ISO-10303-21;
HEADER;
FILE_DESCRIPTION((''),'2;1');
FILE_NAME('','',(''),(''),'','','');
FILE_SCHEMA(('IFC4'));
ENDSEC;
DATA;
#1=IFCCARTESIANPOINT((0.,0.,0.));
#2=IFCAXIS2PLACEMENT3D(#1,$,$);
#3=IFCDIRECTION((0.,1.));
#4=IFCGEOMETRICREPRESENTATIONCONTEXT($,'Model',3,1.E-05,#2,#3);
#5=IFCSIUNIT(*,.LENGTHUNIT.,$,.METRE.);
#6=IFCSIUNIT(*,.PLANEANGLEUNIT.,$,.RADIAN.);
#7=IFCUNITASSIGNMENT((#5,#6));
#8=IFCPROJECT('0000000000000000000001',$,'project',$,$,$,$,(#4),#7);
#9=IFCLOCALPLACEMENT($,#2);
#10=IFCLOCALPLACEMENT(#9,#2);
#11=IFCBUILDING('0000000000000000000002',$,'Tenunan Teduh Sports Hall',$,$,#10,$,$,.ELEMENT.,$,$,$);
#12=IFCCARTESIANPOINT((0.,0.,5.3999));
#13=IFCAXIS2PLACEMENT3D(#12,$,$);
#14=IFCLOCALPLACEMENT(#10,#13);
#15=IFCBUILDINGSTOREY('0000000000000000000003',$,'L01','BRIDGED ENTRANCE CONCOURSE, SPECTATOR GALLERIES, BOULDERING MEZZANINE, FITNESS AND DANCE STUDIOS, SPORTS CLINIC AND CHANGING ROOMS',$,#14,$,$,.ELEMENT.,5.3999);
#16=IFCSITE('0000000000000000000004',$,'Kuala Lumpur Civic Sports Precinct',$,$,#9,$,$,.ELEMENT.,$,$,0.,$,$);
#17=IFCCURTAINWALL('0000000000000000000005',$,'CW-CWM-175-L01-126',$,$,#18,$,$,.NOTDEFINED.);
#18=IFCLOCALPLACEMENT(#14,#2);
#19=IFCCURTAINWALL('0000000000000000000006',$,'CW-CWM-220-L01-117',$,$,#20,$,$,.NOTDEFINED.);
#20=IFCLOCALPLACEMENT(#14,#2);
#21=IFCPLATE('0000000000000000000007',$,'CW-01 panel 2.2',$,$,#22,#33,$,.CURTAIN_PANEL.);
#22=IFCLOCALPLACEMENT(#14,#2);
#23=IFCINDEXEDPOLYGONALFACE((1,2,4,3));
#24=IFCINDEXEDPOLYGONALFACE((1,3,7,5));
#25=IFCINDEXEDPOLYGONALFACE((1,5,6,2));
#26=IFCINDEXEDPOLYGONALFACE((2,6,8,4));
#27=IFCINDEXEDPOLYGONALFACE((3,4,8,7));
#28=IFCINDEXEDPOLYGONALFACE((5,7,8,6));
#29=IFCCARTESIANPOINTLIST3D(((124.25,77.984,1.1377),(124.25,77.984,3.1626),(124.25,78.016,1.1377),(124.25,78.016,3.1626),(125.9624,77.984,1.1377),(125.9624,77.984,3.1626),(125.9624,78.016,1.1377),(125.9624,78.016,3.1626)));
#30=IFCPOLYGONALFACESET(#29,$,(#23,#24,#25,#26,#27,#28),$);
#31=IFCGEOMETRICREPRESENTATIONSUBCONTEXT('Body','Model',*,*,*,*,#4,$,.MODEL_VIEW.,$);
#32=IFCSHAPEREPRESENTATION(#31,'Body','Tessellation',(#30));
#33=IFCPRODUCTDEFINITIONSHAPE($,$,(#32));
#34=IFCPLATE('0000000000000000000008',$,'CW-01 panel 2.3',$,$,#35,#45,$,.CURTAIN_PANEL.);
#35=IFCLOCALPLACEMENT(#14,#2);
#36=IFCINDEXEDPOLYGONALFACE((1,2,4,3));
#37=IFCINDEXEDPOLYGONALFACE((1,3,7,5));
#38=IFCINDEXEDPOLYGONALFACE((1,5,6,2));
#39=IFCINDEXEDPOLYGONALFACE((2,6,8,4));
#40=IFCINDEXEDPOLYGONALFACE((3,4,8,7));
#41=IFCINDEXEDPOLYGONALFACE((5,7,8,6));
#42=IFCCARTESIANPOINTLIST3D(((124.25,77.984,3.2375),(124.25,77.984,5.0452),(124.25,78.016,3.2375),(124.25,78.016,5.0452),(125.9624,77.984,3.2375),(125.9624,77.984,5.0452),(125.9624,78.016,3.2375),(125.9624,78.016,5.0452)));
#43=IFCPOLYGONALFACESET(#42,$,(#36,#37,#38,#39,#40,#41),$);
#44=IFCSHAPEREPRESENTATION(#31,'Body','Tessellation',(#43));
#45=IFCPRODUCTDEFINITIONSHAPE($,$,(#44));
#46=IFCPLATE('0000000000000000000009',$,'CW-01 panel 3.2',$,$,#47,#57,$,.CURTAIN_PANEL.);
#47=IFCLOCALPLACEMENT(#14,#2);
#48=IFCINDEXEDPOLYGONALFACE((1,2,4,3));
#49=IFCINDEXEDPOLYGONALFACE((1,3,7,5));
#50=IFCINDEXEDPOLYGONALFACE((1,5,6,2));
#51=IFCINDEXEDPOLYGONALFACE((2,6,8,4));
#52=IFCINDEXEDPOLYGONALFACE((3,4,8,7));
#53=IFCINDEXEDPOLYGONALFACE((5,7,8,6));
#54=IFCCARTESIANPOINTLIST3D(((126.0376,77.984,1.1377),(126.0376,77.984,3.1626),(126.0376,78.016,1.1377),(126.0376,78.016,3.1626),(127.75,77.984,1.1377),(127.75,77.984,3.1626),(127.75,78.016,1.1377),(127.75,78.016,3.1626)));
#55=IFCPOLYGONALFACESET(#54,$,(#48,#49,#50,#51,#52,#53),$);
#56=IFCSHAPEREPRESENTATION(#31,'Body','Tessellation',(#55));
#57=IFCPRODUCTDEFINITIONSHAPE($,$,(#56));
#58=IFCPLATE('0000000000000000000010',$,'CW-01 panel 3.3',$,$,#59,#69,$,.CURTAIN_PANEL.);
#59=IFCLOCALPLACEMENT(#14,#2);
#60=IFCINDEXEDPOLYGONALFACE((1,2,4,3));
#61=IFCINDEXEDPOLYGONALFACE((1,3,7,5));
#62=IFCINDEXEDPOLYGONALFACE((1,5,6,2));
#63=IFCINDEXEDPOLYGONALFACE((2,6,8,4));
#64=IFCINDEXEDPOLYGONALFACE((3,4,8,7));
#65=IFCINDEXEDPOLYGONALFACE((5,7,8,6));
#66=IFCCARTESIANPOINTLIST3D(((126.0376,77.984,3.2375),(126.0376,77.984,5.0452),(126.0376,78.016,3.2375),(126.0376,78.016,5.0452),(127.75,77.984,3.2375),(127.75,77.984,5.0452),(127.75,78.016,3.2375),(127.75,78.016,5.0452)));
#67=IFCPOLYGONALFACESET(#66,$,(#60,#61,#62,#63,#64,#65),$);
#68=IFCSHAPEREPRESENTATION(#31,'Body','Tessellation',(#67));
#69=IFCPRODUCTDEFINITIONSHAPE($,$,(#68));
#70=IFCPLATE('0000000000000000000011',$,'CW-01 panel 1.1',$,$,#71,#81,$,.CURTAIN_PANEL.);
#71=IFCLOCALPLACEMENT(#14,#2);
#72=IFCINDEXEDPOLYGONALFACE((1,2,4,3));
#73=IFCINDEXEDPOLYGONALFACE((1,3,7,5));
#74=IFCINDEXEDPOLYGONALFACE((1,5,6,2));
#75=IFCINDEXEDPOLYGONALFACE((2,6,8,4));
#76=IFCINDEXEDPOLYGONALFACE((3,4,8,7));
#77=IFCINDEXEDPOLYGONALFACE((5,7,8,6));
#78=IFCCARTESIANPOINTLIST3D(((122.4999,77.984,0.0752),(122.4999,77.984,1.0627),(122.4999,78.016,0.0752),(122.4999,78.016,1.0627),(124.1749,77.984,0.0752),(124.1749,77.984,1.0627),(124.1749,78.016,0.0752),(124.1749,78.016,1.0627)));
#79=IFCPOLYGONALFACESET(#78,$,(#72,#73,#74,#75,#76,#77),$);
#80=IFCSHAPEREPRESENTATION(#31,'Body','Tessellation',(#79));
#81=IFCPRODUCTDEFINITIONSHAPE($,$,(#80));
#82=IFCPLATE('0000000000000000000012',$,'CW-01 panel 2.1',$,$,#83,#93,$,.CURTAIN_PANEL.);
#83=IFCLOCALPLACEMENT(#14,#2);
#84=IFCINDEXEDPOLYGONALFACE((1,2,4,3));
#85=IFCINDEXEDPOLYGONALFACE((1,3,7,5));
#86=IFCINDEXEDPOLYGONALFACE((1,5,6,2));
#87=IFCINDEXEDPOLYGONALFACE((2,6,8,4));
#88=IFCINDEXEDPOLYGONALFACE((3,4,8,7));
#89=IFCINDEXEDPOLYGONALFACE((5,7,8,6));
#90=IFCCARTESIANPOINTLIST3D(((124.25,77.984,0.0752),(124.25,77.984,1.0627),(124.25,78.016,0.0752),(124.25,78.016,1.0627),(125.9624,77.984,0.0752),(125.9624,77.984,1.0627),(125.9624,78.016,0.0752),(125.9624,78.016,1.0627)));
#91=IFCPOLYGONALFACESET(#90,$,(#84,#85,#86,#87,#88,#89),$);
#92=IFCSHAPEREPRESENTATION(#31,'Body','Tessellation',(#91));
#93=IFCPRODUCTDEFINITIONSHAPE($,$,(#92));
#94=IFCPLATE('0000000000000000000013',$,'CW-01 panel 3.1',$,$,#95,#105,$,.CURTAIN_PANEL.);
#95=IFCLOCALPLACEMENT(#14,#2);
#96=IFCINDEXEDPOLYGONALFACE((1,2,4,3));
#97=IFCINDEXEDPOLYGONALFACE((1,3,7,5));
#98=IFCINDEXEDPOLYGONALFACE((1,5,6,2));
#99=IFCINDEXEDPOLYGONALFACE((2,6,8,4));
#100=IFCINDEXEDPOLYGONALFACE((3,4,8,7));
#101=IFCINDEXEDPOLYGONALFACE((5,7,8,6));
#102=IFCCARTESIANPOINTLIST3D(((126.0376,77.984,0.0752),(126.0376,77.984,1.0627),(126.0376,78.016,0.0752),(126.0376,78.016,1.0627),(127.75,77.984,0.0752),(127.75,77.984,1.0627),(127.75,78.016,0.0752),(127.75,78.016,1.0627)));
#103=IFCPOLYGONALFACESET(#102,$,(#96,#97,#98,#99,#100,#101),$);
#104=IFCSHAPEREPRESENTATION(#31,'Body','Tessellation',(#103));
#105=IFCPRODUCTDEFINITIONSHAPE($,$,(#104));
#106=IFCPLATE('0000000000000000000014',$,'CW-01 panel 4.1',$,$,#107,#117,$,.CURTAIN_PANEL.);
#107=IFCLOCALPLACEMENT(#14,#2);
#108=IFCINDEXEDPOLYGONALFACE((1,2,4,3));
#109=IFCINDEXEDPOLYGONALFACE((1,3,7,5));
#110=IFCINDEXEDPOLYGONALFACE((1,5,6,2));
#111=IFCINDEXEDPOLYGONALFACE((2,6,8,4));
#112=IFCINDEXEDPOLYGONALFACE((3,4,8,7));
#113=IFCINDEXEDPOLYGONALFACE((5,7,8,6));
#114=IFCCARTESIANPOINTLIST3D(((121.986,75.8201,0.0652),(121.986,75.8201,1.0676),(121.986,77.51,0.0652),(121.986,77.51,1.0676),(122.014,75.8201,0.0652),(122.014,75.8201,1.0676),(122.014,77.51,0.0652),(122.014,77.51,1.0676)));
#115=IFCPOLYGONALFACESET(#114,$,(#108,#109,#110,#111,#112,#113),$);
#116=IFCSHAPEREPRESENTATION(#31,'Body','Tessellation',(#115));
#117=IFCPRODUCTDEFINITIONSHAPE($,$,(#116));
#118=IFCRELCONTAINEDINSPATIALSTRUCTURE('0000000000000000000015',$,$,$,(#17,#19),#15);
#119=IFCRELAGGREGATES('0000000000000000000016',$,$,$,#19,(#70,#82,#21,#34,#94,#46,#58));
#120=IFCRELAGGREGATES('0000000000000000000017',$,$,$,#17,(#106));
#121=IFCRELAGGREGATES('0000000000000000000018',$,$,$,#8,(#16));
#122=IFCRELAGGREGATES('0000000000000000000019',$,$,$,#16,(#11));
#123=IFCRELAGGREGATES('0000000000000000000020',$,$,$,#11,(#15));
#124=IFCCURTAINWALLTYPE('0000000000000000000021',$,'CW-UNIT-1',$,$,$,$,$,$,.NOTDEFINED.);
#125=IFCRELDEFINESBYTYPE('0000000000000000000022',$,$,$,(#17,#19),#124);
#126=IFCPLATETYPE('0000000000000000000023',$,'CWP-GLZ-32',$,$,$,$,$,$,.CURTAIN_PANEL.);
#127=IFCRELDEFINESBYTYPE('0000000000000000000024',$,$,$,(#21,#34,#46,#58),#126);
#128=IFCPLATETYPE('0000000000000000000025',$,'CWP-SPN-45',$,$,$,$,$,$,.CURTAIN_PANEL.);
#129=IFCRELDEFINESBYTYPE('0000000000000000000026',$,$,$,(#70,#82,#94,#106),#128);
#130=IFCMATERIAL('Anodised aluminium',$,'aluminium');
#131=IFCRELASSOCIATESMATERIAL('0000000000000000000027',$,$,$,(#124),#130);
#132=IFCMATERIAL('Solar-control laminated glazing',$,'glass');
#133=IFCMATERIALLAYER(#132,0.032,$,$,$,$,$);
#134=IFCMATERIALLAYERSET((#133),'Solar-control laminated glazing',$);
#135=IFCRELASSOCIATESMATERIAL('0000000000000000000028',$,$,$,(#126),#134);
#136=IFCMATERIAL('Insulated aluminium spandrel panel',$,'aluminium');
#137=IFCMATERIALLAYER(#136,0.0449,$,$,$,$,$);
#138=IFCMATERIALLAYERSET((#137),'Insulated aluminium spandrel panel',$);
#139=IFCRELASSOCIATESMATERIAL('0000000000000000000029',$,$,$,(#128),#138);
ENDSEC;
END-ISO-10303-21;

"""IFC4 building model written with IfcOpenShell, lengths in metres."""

from ifc_helpers import new_model, si_unit, direction, frame, origin, origin_2d, place, context, subcontext, project, spatial, rectangle, extrude, material, layer, layer_set, type_object, element, aggregate, save


model = new_model("IFC4")

# Units and contexts
model_context = context("Model", 3, precision=1e-05, world=origin(), true_north=direction((0.0, 1.0)))
body_context = subcontext(model_context, "Body", "Model", "MODEL_VIEW")
ifc_project = project(units=[si_unit("LENGTHUNIT", "METRE"), si_unit("PLANEANGLEUNIT", "RADIAN")], contexts=[model_context])

# Site, building, storey
site_placement = place(None, origin())
site = spatial("IfcSite", under=ifc_project, at=site_placement, Name="Kuala Lumpur Civic Sports Precinct", CompositionType="ELEMENT", RefElevation=0.0)
building_placement = place(site_placement, origin())
building = spatial("IfcBuilding", under=site, at=building_placement, Name="Tenunan Teduh Sports Hall", CompositionType="ELEMENT")
storey_placement = place(building_placement, frame((0.0, 0.0, 5.3999)))
storey = spatial("IfcBuildingStorey", under=building, at=storey_placement, Name="L01", Description="BRIDGED ENTRANCE CONCOURSE, SPECTATOR GALLERIES, BOULDERING MEZZANINE, FITNESS AND DANCE STUDIOS, SPORTS CLINIC AND CHANGING ROOMS", CompositionType="ELEMENT", Elevation=5.3999)

# Curtain wall
ifc_material_1 = material(Name="Anodised aluminium", Category="aluminium")
curtain_wall_type = type_object("IfcCurtainWallType", Name="CW-UNIT-1", PredefinedType="NOTDEFINED", material=ifc_material_1)
curtain_wall_1_placement = place(storey_placement, origin())
curtain_wall_1 = element("IfcCurtainWall", 1, at=curtain_wall_1_placement, inside=storey, type_object=curtain_wall_type, Name="CW-CWM-175-L01-126", PredefinedType="NOTDEFINED")

# Curtain wall
curtain_wall_2_placement = place(storey_placement, origin())
curtain_wall_2 = element("IfcCurtainWall", 2, at=curtain_wall_2_placement, inside=storey, type_object=curtain_wall_type, Name="CW-CWM-220-L01-117", PredefinedType="NOTDEFINED")

# Plates
ifc_material_2 = material(Name="Solar-control laminated glazing", Category="glass")
ifc_layer_1 = layer(ifc_material_2, 0.032)
ifc_layer_set_1 = layer_set([ifc_layer_1], Name="Solar-control laminated glazing")
plate_type_1 = type_object("IfcPlateType", Name="CWP-GLZ-32", PredefinedType="CURTAIN_PANEL", material=ifc_layer_set_1)
plate_1_placement = place(storey_placement, frame((125.1062, 78.0, 1.1377), z_axis=(0.0, 0.0, 1.0), x_axis=(1.0, 0.0, 0.0)))
plate_1 = element("IfcPlate", 3, at=plate_1_placement, type_object=plate_type_1, Name="CW-01 panel 2.2", PredefinedType="CURTAIN_PANEL", context=body_context, shape_type="SweptSolid", body=[
    extrude(rectangle(XDim=1.7124, YDim=0.032, at=origin_2d()), origin(), (0.0, 0.0, 1.0), 2.0249),
])
plate_2_placement = place(storey_placement, frame((125.1062, 78.0, 3.2375), z_axis=(0.0, 0.0, 1.0), x_axis=(1.0, 0.0, 0.0)))
plate_2 = element("IfcPlate", 4, at=plate_2_placement, type_object=plate_type_1, Name="CW-01 panel 2.3", PredefinedType="CURTAIN_PANEL", context=body_context, shape_type="SweptSolid", body=[
    extrude(rectangle(XDim=1.7124, YDim=0.032, at=origin_2d()), origin(), (0.0, 0.0, 1.0), 1.8076),
])
plate_3_placement = place(storey_placement, frame((126.8938, 78.0, 1.1377), z_axis=(0.0, 0.0, 1.0), x_axis=(1.0, 0.0, 0.0)))
plate_3 = element("IfcPlate", 5, at=plate_3_placement, type_object=plate_type_1, Name="CW-01 panel 3.2", PredefinedType="CURTAIN_PANEL", context=body_context, shape_type="SweptSolid", body=[
    extrude(rectangle(XDim=1.7124, YDim=0.032, at=origin_2d()), origin(), (0.0, 0.0, 1.0), 2.0249),
])
plate_4_placement = place(storey_placement, frame((126.8938, 78.0, 3.2375), z_axis=(0.0, 0.0, 1.0), x_axis=(1.0, 0.0, 0.0)))
plate_4 = element("IfcPlate", 6, at=plate_4_placement, type_object=plate_type_1, Name="CW-01 panel 3.3", PredefinedType="CURTAIN_PANEL", context=body_context, shape_type="SweptSolid", body=[
    extrude(rectangle(XDim=1.7124, YDim=0.032, at=origin_2d()), origin(), (0.0, 0.0, 1.0), 1.8076),
])
ifc_material_3 = material(Name="Insulated aluminium spandrel panel", Category="aluminium")
ifc_layer_2 = layer(ifc_material_3, 0.0449)
ifc_layer_set_2 = layer_set([ifc_layer_2], Name="Insulated aluminium spandrel panel")
plate_type_2 = type_object("IfcPlateType", Name="CWP-SPN-45", PredefinedType="CURTAIN_PANEL", material=ifc_layer_set_2)
plate_5_placement = place(storey_placement, frame((123.3374, 78.0, 0.0752), z_axis=(0.0, 0.0, 1.0), x_axis=(1.0, 0.0, 0.0)))
plate_5 = element("IfcPlate", 7, at=plate_5_placement, type_object=plate_type_2, Name="CW-01 panel 1.1", PredefinedType="CURTAIN_PANEL", context=body_context, shape_type="SweptSolid", body=[
    extrude(rectangle(XDim=1.675, YDim=0.032, at=origin_2d()), origin(), (0.0, 0.0, 1.0), 0.9875),
])
plate_6_placement = place(storey_placement, frame((125.1062, 78.0, 0.0752), z_axis=(0.0, 0.0, 1.0), x_axis=(1.0, 0.0, 0.0)))
plate_6 = element("IfcPlate", 8, at=plate_6_placement, type_object=plate_type_2, Name="CW-01 panel 2.1", PredefinedType="CURTAIN_PANEL", context=body_context, shape_type="SweptSolid", body=[
    extrude(rectangle(XDim=1.7124, YDim=0.032, at=origin_2d()), origin(), (0.0, 0.0, 1.0), 0.9875),
])
plate_7_placement = place(storey_placement, frame((126.8938, 78.0, 0.0752), z_axis=(0.0, 0.0, 1.0), x_axis=(1.0, 0.0, 0.0)))
plate_7 = element("IfcPlate", 9, at=plate_7_placement, type_object=plate_type_2, Name="CW-01 panel 3.1", PredefinedType="CURTAIN_PANEL", context=body_context, shape_type="SweptSolid", body=[
    extrude(rectangle(XDim=1.7124, YDim=0.032, at=origin_2d()), origin(), (0.0, 0.0, 1.0), 0.9875),
])
aggregate(curtain_wall_2, [plate_5, plate_6, plate_1, plate_2, plate_7, plate_3, plate_4])
plate_8_placement = place(storey_placement, frame((122.0, 76.665, 0.0652), z_axis=(0.0, 0.0, 1.0), x_axis=(0.0, 1.0, 0.0)))
plate_8 = element("IfcPlate", 10, at=plate_8_placement, type_object=plate_type_2, Name="CW-01 panel 4.1", PredefinedType="CURTAIN_PANEL", context=body_context, shape_type="SweptSolid", body=[
    extrude(rectangle(XDim=1.6899, YDim=0.0281, at=origin_2d()), origin(), (0.0, 0.0, 1.0), 1.0024),
])
aggregate(curtain_wall_1, [plate_8])

save(model, "model.ifc")
